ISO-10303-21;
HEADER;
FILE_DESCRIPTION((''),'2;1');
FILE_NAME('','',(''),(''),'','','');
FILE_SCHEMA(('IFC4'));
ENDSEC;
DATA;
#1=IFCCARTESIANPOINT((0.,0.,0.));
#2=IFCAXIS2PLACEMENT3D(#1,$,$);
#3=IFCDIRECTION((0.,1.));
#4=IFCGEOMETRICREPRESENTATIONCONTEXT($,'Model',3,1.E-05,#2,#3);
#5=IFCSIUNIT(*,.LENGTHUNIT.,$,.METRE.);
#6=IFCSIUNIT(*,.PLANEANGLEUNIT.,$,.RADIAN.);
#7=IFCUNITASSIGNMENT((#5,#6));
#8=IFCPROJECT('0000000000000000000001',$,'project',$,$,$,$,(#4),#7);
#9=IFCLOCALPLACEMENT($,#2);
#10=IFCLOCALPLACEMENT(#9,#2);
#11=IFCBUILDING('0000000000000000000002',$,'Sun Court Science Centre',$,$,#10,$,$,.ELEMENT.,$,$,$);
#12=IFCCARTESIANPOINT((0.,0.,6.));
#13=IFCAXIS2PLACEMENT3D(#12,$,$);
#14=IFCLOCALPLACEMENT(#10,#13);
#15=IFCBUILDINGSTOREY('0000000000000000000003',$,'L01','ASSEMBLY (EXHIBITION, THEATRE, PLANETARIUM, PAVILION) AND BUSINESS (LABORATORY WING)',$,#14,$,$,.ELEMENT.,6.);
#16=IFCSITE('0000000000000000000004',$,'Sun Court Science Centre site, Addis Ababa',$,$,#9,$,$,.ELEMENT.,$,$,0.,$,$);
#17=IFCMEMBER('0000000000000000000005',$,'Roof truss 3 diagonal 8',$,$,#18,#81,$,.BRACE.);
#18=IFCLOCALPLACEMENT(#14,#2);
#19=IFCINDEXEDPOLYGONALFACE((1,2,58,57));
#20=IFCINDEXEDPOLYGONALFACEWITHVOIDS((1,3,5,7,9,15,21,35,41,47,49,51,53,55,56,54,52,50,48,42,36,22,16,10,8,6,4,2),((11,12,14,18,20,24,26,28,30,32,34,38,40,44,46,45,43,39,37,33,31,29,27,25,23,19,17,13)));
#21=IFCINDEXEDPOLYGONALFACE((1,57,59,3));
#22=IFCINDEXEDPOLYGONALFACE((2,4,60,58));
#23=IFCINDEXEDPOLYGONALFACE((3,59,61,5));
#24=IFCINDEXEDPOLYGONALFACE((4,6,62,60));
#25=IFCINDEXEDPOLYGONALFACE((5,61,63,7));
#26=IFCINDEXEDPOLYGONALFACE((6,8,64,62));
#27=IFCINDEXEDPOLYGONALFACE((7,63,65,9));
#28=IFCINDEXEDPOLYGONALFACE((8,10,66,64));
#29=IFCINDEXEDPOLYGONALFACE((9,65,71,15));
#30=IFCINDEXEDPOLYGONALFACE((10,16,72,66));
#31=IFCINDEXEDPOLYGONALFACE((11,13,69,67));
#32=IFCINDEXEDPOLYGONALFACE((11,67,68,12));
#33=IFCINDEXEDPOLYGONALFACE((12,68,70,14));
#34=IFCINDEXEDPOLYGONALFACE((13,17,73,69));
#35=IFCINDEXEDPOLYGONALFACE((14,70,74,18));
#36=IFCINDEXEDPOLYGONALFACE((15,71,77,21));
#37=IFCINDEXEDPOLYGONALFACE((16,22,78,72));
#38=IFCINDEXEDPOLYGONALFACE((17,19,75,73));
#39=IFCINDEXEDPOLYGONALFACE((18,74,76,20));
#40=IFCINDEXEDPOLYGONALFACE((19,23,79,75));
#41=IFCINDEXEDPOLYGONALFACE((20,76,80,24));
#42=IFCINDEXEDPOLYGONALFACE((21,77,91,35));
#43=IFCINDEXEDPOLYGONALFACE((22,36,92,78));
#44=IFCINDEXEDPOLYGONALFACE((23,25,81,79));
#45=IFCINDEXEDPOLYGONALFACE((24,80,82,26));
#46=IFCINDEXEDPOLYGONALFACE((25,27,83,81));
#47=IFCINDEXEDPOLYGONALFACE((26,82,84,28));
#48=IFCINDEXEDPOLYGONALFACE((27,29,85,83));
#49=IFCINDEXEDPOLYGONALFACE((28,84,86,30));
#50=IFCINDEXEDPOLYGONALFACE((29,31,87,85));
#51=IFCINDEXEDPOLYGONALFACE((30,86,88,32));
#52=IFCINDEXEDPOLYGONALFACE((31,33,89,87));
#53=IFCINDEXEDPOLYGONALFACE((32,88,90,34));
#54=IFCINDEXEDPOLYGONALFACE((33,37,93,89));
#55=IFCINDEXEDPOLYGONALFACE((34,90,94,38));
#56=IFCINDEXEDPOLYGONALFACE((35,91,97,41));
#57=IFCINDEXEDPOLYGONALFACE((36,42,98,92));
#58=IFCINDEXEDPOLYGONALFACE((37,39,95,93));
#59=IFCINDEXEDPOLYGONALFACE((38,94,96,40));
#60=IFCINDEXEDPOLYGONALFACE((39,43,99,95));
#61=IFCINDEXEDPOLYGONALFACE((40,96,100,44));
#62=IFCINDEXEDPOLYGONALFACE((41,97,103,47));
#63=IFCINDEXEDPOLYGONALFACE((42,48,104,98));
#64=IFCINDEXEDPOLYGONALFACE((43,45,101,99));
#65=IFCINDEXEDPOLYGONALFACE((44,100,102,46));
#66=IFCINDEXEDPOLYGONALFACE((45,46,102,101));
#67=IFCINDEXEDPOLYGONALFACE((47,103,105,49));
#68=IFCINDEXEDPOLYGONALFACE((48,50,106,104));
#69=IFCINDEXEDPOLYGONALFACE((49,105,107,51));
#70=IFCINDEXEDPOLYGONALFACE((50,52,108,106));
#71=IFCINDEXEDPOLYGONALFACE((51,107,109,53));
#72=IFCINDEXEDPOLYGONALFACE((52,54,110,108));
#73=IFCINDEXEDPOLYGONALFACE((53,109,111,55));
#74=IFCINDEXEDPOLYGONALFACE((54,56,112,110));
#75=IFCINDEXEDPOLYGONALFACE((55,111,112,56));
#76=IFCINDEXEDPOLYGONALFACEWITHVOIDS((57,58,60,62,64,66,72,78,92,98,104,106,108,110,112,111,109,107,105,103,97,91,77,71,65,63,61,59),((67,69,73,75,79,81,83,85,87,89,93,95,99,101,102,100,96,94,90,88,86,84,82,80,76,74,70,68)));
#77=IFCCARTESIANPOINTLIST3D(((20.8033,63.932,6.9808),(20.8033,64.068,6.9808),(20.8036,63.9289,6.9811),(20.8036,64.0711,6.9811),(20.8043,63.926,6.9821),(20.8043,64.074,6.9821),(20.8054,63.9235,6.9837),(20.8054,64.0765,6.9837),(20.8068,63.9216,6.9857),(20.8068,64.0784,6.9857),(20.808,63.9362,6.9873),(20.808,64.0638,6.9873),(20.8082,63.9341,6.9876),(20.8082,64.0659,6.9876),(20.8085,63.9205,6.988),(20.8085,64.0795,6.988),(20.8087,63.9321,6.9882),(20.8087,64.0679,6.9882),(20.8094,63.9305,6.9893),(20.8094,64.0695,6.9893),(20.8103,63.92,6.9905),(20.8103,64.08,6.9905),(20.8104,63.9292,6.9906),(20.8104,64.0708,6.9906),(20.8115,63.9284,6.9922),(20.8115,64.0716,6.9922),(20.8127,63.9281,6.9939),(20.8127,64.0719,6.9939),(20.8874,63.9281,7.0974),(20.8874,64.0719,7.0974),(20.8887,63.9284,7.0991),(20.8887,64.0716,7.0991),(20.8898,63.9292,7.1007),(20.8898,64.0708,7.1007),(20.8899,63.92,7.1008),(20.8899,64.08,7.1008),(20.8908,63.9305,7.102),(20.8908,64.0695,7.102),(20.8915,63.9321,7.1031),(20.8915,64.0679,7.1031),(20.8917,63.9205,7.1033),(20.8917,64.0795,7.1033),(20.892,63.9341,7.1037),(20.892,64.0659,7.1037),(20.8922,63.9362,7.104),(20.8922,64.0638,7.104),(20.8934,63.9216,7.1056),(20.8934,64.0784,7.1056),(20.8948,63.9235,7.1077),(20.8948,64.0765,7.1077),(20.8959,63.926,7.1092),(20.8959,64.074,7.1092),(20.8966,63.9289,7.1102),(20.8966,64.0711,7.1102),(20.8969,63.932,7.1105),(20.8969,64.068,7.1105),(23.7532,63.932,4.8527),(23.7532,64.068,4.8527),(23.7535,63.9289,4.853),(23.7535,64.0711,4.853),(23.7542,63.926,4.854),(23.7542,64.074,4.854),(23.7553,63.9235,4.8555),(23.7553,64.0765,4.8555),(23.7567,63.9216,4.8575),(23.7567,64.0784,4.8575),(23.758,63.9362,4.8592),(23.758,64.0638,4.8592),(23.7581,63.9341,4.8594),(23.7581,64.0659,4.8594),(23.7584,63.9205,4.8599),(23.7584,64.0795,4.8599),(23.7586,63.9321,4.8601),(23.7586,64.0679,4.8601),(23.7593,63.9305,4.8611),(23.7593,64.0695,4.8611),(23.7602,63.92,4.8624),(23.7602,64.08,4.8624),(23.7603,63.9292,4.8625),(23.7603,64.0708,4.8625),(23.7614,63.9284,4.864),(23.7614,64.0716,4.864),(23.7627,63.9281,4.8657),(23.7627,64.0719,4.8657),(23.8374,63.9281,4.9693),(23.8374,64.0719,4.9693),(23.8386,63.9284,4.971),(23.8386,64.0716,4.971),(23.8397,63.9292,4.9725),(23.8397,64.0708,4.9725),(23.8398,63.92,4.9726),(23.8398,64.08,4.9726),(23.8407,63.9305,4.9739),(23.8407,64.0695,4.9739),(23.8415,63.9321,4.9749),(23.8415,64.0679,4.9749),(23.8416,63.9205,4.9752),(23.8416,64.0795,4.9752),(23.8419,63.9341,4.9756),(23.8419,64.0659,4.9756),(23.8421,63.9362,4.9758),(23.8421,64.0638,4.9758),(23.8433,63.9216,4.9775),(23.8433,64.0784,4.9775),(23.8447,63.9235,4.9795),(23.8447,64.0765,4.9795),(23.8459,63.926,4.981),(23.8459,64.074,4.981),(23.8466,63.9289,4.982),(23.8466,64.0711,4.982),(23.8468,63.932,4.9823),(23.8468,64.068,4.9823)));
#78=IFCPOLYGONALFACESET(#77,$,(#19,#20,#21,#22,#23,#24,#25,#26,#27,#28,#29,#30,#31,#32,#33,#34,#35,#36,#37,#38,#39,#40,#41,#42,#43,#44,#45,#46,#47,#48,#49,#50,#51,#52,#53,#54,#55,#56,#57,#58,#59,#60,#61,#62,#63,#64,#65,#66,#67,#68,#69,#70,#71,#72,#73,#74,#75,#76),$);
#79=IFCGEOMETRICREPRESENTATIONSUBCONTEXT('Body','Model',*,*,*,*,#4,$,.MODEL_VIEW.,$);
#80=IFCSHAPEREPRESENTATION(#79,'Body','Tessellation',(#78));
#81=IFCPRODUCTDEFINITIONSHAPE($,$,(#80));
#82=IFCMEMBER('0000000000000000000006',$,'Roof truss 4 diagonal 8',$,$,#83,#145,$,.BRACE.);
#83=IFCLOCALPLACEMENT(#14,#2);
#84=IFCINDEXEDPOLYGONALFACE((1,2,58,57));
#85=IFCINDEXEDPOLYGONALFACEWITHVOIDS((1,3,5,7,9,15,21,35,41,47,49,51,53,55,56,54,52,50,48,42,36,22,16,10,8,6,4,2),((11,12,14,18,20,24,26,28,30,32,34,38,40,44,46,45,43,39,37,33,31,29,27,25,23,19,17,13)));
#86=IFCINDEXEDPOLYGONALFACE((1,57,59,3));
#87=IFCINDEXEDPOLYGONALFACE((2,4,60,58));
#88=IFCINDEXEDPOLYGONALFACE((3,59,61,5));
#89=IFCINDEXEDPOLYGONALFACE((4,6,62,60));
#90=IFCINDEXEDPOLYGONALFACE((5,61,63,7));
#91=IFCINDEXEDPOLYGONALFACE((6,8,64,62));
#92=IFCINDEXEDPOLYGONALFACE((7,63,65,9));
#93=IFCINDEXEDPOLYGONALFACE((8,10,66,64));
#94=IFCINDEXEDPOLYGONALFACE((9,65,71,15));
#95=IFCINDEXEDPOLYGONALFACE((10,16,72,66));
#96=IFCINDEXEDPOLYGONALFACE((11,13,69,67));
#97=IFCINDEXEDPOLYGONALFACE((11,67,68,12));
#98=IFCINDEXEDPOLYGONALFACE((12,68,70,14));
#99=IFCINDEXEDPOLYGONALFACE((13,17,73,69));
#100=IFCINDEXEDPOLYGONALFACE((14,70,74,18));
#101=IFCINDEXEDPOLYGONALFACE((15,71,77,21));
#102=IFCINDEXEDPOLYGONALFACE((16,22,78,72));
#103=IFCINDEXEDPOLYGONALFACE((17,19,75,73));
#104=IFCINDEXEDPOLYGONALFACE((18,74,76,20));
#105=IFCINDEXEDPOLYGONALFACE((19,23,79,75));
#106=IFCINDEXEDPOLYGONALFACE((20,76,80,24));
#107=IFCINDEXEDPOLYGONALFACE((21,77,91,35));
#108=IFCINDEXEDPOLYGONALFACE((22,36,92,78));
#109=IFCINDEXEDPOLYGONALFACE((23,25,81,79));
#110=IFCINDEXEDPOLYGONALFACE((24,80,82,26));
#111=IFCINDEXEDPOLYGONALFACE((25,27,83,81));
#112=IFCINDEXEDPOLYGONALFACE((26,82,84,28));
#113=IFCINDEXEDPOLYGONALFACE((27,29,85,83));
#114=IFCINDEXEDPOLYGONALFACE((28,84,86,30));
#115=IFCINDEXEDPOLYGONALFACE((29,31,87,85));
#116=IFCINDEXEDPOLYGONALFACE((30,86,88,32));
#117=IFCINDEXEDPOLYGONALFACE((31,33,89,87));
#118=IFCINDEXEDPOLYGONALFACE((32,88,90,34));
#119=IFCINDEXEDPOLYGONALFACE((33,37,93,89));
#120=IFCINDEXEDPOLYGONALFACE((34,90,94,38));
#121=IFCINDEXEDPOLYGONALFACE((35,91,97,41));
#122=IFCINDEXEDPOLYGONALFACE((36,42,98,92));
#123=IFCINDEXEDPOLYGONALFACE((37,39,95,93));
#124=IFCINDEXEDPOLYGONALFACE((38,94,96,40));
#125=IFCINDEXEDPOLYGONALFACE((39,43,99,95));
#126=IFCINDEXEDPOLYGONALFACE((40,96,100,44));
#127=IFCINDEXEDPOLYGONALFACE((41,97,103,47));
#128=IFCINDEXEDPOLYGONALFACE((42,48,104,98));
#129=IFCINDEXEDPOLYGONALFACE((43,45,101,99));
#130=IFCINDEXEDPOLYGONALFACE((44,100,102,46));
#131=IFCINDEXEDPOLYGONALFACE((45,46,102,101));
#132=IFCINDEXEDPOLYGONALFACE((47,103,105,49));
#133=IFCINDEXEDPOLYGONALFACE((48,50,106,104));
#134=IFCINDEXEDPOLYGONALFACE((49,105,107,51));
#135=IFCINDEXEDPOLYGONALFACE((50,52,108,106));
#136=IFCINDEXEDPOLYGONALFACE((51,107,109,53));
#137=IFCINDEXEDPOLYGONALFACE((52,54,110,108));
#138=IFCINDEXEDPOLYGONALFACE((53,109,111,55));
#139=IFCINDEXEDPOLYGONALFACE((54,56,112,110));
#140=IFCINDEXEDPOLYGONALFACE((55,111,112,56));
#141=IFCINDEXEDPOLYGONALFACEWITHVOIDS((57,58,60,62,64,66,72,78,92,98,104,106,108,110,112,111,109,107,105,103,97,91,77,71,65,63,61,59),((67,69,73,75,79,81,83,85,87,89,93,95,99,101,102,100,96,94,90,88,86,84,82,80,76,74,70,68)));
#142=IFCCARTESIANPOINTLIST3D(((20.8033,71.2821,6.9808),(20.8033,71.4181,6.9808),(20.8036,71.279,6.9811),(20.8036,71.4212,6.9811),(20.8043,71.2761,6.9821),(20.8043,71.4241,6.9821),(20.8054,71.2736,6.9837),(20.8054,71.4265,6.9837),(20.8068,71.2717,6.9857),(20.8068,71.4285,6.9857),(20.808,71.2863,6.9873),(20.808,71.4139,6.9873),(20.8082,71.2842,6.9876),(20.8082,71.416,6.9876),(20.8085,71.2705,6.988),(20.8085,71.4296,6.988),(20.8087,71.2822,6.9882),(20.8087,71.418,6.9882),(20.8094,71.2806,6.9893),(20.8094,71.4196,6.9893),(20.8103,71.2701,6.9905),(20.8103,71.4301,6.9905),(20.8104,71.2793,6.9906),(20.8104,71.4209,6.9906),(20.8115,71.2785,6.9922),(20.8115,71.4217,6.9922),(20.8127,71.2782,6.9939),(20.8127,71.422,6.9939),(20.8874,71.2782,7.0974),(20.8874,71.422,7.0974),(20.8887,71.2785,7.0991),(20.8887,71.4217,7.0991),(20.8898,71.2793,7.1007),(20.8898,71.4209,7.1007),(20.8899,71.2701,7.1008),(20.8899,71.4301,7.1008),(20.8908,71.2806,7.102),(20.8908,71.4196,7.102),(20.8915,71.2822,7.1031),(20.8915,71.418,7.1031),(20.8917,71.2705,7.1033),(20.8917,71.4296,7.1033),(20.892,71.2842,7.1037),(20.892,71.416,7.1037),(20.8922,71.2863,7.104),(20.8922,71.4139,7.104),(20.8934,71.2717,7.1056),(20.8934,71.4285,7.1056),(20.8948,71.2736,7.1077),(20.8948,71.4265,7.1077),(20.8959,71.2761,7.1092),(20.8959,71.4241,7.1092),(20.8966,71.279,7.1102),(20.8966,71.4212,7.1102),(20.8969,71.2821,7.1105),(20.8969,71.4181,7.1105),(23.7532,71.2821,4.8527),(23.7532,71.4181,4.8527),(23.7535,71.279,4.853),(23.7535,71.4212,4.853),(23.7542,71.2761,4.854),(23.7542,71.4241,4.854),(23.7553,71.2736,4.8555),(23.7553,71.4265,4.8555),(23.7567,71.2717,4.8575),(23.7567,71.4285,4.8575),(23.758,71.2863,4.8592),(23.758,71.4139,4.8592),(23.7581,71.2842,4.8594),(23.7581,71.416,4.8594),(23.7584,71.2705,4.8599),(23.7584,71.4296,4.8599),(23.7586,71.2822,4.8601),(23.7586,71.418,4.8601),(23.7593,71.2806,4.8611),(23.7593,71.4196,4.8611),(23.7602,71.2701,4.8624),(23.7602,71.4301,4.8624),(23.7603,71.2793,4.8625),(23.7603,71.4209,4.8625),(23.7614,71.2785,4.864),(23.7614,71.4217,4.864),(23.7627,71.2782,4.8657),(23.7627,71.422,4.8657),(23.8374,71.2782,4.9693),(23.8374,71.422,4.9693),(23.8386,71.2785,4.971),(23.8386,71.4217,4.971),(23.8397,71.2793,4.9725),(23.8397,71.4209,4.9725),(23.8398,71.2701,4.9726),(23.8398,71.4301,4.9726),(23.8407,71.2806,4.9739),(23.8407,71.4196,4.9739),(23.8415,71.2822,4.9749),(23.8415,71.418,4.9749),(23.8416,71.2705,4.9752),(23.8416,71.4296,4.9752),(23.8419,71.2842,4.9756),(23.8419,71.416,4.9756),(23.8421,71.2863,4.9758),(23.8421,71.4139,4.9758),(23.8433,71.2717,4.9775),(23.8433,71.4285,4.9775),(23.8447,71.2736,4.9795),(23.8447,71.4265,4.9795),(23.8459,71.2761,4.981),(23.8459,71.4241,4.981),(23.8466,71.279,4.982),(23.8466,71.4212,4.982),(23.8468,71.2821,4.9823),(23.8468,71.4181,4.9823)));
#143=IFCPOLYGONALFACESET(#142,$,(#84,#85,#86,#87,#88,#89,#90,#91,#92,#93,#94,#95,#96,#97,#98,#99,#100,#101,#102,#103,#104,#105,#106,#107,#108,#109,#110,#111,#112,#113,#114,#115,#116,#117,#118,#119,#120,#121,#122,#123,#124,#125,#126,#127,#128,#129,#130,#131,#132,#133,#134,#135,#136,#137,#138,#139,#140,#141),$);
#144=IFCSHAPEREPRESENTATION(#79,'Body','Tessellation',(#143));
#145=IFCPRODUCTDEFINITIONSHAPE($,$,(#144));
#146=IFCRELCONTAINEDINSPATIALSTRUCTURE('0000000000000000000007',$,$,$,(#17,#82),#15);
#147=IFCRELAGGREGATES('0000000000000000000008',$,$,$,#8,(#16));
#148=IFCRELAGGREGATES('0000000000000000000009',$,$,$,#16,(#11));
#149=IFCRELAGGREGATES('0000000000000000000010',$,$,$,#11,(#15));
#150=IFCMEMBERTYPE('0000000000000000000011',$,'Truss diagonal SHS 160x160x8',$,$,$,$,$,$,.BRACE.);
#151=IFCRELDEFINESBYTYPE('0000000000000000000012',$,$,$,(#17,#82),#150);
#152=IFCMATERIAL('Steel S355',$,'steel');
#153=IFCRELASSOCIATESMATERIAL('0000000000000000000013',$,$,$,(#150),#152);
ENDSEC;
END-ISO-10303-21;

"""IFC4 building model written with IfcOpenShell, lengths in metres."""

from ifc_helpers import new_model, si_unit, direction, frame, origin, origin_2d, place, context, subcontext, project, spatial, hollow_rectangle, extrude, material, material_profile, profile_set, type_object, element, save


model = new_model("IFC4")

# Units and contexts
model_context = context("Model", 3, precision=1e-05, world=origin(), true_north=direction((0.0, 1.0)))
body_context = subcontext(model_context, "Body", "Model", "MODEL_VIEW")
ifc_project = project(units=[si_unit("LENGTHUNIT", "METRE"), si_unit("PLANEANGLEUNIT", "RADIAN")], contexts=[model_context])

# Site, building, storey
site_placement = place(None, origin())
site = spatial("IfcSite", under=ifc_project, at=site_placement, Name="Sun Court Science Centre site, Addis Ababa", CompositionType="ELEMENT", RefElevation=0.0)
building_placement = place(site_placement, origin())
building = spatial("IfcBuilding", under=site, at=building_placement, Name="Sun Court Science Centre", CompositionType="ELEMENT")
storey_placement = place(building_placement, frame((0.0, 0.0, 6.0)))
storey = spatial("IfcBuildingStorey", under=building, at=storey_placement, Name="L01", Description="ASSEMBLY (EXHIBITION, THEATRE, PLANETARIUM, PAVILION) AND BUSINESS (LABORATORY WING)", CompositionType="ELEMENT", Elevation=6.0)

# Members
ifc_material_1 = material(Name="Steel S355", Category="steel")
ifc_material_profile_1 = material_profile(ifc_material_1, hollow_rectangle(XDim=0.1599, YDim=0.1599, WallThickness=0.0081, InnerFilletRadius=0.0081, OuterFilletRadius=0.012, at=origin_2d()), Name="SHS 160x160x8")
ifc_profile_set_1 = profile_set([ifc_material_profile_1], Name="Steel S355")
member_type_1 = type_object("IfcMemberType", Name="Truss diagonal SHS 160x160x8", PredefinedType="BRACE", material=ifc_profile_set_1)
for number, where, z_axis, x_axis, name in (
    (1, (20.8501, 64.0, 7.0457), (0.810985, 0.0, -0.585067), (0.0, 1.0, 0.0), "Roof truss 3 diagonal 8"),
    (2, (20.8501, 71.3501, 7.0457), (0.810985, 0.0, -0.585067), (0.0, 1.0, 0.0), "Roof truss 4 diagonal 8"),
):
    element("IfcMember", number, at=place(storey_placement, frame(where, z_axis=z_axis, x_axis=x_axis)), inside=storey, type_object=member_type_1, Name=name, PredefinedType="BRACE", context=body_context, shape_type="SweptSolid", body=[
        extrude(hollow_rectangle(XDim=0.1599, YDim=0.1599, WallThickness=0.0081, InnerFilletRadius=0.0081, OuterFilletRadius=0.012, at=origin_2d()), origin(), (0.0, 0.0, 1.0), 3.6375),
    ])

save(model, "model.ifc")
